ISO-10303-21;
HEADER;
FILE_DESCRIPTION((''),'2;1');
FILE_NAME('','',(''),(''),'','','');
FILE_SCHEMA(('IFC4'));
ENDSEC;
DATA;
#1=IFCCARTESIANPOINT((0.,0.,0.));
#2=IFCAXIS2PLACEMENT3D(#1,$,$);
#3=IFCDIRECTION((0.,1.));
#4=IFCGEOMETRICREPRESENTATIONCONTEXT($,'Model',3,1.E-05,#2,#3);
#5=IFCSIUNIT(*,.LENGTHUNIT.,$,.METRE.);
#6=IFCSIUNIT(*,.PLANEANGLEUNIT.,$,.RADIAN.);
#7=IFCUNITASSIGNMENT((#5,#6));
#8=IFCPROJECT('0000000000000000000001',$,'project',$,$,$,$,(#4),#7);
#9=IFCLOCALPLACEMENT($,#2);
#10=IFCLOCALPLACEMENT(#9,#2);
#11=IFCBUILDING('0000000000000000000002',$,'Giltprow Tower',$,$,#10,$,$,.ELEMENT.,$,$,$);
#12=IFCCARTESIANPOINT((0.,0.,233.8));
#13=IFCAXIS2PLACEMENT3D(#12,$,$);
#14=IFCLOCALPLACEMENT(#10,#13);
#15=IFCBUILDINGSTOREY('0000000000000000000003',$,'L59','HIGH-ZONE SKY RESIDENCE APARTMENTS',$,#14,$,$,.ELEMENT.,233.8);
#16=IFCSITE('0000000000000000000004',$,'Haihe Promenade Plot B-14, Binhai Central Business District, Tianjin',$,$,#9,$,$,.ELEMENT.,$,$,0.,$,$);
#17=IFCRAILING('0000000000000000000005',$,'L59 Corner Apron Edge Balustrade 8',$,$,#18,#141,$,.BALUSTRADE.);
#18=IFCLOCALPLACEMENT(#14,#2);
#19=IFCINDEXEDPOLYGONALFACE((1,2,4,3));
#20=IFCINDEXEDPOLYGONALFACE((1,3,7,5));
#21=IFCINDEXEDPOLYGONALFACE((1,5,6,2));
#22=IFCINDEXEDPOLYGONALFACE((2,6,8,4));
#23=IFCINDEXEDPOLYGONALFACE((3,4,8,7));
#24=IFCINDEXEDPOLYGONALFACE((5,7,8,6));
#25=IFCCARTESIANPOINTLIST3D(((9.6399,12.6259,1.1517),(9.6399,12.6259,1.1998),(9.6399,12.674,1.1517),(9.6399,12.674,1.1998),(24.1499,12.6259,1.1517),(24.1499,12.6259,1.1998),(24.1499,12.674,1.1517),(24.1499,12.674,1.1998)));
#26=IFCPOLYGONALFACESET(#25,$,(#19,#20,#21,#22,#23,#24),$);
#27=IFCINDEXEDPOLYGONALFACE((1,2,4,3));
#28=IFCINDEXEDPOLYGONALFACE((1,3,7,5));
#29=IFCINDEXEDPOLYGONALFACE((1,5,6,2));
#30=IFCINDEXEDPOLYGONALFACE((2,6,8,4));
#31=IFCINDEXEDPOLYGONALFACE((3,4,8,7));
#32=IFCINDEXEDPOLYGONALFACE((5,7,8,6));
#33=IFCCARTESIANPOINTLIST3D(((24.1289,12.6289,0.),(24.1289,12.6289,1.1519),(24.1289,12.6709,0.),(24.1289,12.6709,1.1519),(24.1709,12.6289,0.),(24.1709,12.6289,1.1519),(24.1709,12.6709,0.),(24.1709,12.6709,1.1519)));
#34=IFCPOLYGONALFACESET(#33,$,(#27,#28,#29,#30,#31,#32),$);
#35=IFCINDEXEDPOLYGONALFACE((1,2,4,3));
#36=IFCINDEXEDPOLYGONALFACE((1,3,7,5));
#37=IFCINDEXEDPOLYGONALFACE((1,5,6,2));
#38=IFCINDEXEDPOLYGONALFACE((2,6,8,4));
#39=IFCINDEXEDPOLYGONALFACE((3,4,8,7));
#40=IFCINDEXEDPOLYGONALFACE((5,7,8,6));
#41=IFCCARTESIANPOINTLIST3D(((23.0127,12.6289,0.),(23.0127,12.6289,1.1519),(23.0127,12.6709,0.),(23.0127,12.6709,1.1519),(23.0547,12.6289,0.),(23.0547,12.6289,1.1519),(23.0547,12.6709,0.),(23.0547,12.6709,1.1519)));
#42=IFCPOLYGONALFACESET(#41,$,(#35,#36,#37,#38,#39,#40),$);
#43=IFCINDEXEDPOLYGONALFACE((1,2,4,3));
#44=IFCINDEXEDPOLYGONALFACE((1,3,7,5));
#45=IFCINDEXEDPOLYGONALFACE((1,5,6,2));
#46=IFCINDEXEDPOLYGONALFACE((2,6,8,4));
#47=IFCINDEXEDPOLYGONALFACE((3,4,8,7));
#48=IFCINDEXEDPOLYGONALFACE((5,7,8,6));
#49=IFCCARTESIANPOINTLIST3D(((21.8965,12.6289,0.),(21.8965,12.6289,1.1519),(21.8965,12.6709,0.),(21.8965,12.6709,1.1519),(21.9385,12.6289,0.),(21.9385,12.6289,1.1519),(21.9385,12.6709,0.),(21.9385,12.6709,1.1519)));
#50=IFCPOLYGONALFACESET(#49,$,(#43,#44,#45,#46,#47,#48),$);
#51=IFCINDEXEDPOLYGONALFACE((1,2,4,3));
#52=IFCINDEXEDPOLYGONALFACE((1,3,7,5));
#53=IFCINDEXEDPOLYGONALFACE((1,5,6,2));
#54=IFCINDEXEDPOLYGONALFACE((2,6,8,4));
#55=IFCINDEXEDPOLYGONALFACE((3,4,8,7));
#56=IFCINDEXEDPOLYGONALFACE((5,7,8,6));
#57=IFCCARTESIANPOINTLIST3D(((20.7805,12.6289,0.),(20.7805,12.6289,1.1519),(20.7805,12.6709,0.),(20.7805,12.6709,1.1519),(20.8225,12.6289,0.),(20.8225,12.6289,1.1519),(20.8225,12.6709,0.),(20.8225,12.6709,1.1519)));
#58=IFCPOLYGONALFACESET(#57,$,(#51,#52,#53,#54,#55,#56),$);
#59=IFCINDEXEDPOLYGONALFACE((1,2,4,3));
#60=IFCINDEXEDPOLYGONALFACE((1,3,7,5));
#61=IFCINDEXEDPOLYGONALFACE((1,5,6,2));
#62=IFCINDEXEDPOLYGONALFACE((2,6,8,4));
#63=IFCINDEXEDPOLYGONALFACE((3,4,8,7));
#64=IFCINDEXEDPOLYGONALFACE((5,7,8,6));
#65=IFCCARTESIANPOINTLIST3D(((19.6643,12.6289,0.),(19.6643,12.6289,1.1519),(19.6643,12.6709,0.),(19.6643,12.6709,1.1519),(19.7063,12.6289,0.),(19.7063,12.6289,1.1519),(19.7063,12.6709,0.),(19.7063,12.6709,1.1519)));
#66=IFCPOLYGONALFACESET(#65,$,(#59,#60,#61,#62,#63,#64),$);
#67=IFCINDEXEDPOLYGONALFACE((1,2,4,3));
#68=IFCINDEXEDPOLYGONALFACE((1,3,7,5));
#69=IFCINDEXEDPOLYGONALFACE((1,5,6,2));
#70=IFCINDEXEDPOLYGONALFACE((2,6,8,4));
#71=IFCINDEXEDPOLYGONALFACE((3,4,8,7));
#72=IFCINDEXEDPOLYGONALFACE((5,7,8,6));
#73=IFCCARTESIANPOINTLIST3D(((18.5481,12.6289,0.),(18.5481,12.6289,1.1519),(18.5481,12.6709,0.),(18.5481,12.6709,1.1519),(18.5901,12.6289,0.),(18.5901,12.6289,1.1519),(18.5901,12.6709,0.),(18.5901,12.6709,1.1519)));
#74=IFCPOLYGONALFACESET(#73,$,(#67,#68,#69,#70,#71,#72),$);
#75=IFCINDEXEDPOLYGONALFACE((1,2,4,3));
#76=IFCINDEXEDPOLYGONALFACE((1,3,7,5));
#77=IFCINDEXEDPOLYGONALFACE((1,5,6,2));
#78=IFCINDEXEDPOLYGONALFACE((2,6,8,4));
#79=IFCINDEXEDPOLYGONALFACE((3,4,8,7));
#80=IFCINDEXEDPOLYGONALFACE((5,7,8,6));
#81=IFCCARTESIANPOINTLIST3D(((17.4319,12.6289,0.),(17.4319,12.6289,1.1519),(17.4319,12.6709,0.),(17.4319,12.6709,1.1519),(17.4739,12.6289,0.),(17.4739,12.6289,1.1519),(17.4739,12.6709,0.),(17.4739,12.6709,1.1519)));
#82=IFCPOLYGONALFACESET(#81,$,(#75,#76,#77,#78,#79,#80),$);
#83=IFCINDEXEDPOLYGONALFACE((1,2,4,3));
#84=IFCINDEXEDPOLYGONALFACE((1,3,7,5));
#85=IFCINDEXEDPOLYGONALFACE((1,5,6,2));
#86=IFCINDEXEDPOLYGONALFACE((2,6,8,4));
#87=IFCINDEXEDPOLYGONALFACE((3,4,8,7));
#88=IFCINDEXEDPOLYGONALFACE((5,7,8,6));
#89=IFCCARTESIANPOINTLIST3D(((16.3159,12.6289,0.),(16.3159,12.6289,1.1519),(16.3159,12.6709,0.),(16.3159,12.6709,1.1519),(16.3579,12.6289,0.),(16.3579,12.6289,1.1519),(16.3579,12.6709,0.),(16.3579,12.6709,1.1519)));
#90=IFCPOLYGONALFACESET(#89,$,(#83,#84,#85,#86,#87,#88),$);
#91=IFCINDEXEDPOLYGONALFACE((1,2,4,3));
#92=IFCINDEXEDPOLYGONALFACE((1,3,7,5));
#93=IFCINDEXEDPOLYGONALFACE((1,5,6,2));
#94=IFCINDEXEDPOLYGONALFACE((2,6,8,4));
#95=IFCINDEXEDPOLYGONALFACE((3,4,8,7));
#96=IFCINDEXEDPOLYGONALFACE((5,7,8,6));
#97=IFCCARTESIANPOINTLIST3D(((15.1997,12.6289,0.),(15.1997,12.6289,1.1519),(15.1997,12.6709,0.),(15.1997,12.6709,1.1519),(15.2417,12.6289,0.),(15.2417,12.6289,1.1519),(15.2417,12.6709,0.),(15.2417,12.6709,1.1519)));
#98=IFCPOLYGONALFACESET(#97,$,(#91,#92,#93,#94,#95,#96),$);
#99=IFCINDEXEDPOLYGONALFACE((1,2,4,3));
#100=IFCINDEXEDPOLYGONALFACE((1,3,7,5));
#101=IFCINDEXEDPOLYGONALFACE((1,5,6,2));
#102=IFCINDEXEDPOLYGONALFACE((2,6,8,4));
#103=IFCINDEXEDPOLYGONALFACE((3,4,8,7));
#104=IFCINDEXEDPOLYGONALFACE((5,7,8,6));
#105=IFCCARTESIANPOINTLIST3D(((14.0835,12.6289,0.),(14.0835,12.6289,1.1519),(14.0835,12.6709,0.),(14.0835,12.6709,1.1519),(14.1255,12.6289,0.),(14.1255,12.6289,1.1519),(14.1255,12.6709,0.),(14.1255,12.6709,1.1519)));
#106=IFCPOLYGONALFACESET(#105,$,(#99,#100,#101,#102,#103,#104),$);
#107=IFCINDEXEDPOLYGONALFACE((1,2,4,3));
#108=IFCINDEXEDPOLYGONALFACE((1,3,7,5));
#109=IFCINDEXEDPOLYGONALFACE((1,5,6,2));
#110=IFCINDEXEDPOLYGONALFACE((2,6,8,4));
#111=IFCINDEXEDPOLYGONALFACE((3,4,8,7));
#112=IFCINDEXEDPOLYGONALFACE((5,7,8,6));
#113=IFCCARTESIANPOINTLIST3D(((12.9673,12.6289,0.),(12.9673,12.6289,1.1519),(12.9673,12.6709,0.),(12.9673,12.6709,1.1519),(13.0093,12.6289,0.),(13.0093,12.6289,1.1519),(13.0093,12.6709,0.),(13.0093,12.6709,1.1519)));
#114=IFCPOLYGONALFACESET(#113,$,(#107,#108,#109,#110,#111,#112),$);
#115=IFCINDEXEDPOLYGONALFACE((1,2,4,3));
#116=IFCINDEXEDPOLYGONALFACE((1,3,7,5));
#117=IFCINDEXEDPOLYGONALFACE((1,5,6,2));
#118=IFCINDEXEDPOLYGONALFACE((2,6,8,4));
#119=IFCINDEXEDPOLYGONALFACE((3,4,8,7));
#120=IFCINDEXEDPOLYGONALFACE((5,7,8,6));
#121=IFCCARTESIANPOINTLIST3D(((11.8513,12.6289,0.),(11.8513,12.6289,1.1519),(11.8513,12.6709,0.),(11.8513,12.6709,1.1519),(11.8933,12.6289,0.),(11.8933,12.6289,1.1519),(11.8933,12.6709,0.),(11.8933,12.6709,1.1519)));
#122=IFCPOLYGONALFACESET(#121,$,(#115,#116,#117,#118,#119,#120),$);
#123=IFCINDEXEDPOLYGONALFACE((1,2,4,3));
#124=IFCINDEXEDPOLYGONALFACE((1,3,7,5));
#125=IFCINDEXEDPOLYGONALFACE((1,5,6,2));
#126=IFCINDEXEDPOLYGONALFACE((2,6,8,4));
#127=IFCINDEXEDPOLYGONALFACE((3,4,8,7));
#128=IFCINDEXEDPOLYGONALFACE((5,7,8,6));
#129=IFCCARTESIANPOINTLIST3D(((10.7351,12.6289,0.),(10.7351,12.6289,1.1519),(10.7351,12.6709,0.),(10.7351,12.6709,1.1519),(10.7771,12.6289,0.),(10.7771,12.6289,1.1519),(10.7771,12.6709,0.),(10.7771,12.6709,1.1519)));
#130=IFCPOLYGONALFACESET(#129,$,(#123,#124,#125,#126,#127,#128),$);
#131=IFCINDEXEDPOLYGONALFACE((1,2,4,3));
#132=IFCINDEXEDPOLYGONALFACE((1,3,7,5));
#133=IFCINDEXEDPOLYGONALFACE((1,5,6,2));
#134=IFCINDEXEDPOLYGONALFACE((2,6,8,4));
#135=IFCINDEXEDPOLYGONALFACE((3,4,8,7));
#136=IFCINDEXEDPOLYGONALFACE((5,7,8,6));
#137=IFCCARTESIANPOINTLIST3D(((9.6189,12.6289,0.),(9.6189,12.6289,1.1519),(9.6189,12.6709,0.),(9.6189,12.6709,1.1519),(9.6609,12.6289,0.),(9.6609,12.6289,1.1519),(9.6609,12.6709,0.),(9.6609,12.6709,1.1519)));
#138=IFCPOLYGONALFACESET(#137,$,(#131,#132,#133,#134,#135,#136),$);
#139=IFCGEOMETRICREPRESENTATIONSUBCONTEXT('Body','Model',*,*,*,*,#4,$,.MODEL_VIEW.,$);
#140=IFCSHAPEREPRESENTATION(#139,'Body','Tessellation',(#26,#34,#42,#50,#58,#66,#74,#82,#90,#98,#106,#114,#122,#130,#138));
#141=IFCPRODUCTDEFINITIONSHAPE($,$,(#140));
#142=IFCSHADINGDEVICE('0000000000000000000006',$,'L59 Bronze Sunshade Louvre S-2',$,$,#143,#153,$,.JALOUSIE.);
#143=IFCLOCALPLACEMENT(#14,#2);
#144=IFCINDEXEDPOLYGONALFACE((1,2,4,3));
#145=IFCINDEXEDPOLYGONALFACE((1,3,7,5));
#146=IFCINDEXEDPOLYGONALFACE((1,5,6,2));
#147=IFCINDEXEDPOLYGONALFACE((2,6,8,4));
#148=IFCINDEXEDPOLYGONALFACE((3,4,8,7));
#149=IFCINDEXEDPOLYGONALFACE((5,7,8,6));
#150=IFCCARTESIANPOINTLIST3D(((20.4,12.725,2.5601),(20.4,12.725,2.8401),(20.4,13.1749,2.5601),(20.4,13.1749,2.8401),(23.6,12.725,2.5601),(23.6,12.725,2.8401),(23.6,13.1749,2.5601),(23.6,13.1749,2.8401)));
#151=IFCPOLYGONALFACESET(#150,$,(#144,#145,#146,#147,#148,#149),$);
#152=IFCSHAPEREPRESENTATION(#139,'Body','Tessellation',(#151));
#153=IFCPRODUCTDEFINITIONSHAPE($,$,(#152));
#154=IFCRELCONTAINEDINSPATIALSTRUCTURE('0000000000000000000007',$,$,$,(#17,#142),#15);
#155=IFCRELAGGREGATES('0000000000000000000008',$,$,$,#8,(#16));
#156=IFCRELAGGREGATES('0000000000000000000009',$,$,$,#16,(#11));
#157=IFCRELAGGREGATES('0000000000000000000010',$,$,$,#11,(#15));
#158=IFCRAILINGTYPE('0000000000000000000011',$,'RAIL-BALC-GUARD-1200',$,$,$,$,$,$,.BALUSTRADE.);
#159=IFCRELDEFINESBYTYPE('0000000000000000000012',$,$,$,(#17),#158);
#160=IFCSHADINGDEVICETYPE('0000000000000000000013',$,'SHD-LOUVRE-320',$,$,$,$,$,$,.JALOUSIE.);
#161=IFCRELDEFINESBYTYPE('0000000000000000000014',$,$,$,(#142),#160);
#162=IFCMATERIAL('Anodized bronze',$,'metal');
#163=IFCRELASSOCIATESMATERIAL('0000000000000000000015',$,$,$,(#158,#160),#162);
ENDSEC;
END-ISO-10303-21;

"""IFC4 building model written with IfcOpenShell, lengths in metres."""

from ifc_helpers import new_model, si_unit, direction, frame, origin, origin_2d, place, context, subcontext, project, spatial, rectangle, extrude, source, transform, mapped, material, type_object, element, save


model = new_model("IFC4")

# Units and contexts
model_context = context("Model", 3, precision=1e-05, world=origin(), true_north=direction((0.0, 1.0)))
body_context = subcontext(model_context, "Body", "Model", "MODEL_VIEW")
ifc_project = project(units=[si_unit("LENGTHUNIT", "METRE"), si_unit("PLANEANGLEUNIT", "RADIAN")], contexts=[model_context])

# Site, building, storey
site_placement = place(None, origin())
site = spatial("IfcSite", under=ifc_project, at=site_placement, Name="Haihe Promenade Plot B-14, Binhai Central Business District, Tianjin", CompositionType="ELEMENT", RefElevation=0.0)
building_placement = place(site_placement, origin())
building = spatial("IfcBuilding", under=site, at=building_placement, Name="Giltprow Tower", CompositionType="ELEMENT")
storey_placement = place(building_placement, frame((0.0, 0.0, 233.8)))
storey = spatial("IfcBuildingStorey", under=building, at=storey_placement, Name="L59", Description="HIGH-ZONE SKY RESIDENCE APARTMENTS", CompositionType="ELEMENT", Elevation=233.8)

# Railing
ifc_material_1 = material(Name="Anodized bronze", Category="metal")
railing_type = type_object("IfcRailingType", Name="RAIL-BALC-GUARD-1200", PredefinedType="BALUSTRADE", material=ifc_material_1)
railing_1_placement = place(storey_placement, frame((24.1499, 12.6499, 0.0)))
element("IfcRailing", 1, at=railing_1_placement, inside=storey, type_object=railing_type, Name="L59 Corner Apron Edge Balustrade 8", PredefinedType="BALUSTRADE", context=body_context, shape_type="SweptSolid", body=[
    extrude(rectangle(XDim=0.0481, YDim=0.0481, at=origin_2d()), frame((0.0, 0.0, 1.1758), z_axis=(-1.0, 0.0, 0.0), x_axis=(0.0, -1.0, 0.0)), (0.0, 0.0, 1.0), 14.51),
    extrude(rectangle(XDim=0.042, YDim=0.042, at=origin_2d()), origin(), (0.0, 0.0, 1.0), 1.1519),
    extrude(rectangle(XDim=0.042, YDim=0.042, at=origin_2d()), frame((-1.1162, 0.0, 0.0)), (0.0, 0.0, 1.0), 1.1519),
    extrude(rectangle(XDim=0.042, YDim=0.042, at=origin_2d()), frame((-2.2324, 0.0, 0.0)), (0.0, 0.0, 1.0), 1.1519),
    extrude(rectangle(XDim=0.042, YDim=0.042, at=origin_2d()), frame((-3.3484, 0.0, 0.0)), (0.0, 0.0, 1.0), 1.1519),
    extrude(rectangle(XDim=0.042, YDim=0.042, at=origin_2d()), frame((-4.4646, 0.0, 0.0)), (0.0, 0.0, 1.0), 1.1519),
    extrude(rectangle(XDim=0.042, YDim=0.042, at=origin_2d()), frame((-5.5808, 0.0, 0.0)), (0.0, 0.0, 1.0), 1.1519),
    extrude(rectangle(XDim=0.042, YDim=0.042, at=origin_2d()), frame((-6.697, 0.0, 0.0)), (0.0, 0.0, 1.0), 1.1519),
    extrude(rectangle(XDim=0.042, YDim=0.042, at=origin_2d()), frame((-7.813, 0.0, 0.0)), (0.0, 0.0, 1.0), 1.1519),
    extrude(rectangle(XDim=0.042, YDim=0.042, at=origin_2d()), frame((-8.9292, 0.0, 0.0)), (0.0, 0.0, 1.0), 1.1519),
    extrude(rectangle(XDim=0.042, YDim=0.042, at=origin_2d()), frame((-10.0454, 0.0, 0.0)), (0.0, 0.0, 1.0), 1.1519),
    extrude(rectangle(XDim=0.042, YDim=0.042, at=origin_2d()), frame((-11.1616, 0.0, 0.0)), (0.0, 0.0, 1.0), 1.1519),
    extrude(rectangle(XDim=0.042, YDim=0.042, at=origin_2d()), frame((-12.2776, 0.0, 0.0)), (0.0, 0.0, 1.0), 1.1519),
    extrude(rectangle(XDim=0.042, YDim=0.042, at=origin_2d()), frame((-13.3938, 0.0, 0.0)), (0.0, 0.0, 1.0), 1.1519),
    extrude(rectangle(XDim=0.042, YDim=0.042, at=origin_2d()), frame((-14.51, 0.0, 0.0)), (0.0, 0.0, 1.0), 1.1519),
])

# Shading device
shading_device_type = type_object("IfcShadingDeviceType", Name="SHD-LOUVRE-320", PredefinedType="JALOUSIE", material=ifc_material_1)
shared_shape_1 = source(origin(), body_context, "Body", "SweptSolid", [
    extrude(rectangle(XDim=3.2, YDim=0.45, at=origin_2d()), origin(), (0.0, 0.0, 1.0), 0.28),
])
shading_device_placement = place(storey_placement, frame((22.0, 12.95, 2.5601), z_axis=(0.0, 0.0, 1.0), x_axis=(1.0, 0.0, 0.0)))
element("IfcShadingDevice", 2, at=shading_device_placement, inside=storey, type_object=shading_device_type, Name="L59 Bronze Sunshade Louvre S-2", PredefinedType="JALOUSIE", context=body_context, shape_type="MappedRepresentation", body=[
    mapped(shared_shape_1, transform((0.0, 0.0, 0.0), x_axis=(1.0, 0.0, 0.0), y_axis=(0.0, 1.0, 0.0), z_axis=(0.0, 0.0, 1.0), scale=1.0)),
])

save(model, "model.ifc")
